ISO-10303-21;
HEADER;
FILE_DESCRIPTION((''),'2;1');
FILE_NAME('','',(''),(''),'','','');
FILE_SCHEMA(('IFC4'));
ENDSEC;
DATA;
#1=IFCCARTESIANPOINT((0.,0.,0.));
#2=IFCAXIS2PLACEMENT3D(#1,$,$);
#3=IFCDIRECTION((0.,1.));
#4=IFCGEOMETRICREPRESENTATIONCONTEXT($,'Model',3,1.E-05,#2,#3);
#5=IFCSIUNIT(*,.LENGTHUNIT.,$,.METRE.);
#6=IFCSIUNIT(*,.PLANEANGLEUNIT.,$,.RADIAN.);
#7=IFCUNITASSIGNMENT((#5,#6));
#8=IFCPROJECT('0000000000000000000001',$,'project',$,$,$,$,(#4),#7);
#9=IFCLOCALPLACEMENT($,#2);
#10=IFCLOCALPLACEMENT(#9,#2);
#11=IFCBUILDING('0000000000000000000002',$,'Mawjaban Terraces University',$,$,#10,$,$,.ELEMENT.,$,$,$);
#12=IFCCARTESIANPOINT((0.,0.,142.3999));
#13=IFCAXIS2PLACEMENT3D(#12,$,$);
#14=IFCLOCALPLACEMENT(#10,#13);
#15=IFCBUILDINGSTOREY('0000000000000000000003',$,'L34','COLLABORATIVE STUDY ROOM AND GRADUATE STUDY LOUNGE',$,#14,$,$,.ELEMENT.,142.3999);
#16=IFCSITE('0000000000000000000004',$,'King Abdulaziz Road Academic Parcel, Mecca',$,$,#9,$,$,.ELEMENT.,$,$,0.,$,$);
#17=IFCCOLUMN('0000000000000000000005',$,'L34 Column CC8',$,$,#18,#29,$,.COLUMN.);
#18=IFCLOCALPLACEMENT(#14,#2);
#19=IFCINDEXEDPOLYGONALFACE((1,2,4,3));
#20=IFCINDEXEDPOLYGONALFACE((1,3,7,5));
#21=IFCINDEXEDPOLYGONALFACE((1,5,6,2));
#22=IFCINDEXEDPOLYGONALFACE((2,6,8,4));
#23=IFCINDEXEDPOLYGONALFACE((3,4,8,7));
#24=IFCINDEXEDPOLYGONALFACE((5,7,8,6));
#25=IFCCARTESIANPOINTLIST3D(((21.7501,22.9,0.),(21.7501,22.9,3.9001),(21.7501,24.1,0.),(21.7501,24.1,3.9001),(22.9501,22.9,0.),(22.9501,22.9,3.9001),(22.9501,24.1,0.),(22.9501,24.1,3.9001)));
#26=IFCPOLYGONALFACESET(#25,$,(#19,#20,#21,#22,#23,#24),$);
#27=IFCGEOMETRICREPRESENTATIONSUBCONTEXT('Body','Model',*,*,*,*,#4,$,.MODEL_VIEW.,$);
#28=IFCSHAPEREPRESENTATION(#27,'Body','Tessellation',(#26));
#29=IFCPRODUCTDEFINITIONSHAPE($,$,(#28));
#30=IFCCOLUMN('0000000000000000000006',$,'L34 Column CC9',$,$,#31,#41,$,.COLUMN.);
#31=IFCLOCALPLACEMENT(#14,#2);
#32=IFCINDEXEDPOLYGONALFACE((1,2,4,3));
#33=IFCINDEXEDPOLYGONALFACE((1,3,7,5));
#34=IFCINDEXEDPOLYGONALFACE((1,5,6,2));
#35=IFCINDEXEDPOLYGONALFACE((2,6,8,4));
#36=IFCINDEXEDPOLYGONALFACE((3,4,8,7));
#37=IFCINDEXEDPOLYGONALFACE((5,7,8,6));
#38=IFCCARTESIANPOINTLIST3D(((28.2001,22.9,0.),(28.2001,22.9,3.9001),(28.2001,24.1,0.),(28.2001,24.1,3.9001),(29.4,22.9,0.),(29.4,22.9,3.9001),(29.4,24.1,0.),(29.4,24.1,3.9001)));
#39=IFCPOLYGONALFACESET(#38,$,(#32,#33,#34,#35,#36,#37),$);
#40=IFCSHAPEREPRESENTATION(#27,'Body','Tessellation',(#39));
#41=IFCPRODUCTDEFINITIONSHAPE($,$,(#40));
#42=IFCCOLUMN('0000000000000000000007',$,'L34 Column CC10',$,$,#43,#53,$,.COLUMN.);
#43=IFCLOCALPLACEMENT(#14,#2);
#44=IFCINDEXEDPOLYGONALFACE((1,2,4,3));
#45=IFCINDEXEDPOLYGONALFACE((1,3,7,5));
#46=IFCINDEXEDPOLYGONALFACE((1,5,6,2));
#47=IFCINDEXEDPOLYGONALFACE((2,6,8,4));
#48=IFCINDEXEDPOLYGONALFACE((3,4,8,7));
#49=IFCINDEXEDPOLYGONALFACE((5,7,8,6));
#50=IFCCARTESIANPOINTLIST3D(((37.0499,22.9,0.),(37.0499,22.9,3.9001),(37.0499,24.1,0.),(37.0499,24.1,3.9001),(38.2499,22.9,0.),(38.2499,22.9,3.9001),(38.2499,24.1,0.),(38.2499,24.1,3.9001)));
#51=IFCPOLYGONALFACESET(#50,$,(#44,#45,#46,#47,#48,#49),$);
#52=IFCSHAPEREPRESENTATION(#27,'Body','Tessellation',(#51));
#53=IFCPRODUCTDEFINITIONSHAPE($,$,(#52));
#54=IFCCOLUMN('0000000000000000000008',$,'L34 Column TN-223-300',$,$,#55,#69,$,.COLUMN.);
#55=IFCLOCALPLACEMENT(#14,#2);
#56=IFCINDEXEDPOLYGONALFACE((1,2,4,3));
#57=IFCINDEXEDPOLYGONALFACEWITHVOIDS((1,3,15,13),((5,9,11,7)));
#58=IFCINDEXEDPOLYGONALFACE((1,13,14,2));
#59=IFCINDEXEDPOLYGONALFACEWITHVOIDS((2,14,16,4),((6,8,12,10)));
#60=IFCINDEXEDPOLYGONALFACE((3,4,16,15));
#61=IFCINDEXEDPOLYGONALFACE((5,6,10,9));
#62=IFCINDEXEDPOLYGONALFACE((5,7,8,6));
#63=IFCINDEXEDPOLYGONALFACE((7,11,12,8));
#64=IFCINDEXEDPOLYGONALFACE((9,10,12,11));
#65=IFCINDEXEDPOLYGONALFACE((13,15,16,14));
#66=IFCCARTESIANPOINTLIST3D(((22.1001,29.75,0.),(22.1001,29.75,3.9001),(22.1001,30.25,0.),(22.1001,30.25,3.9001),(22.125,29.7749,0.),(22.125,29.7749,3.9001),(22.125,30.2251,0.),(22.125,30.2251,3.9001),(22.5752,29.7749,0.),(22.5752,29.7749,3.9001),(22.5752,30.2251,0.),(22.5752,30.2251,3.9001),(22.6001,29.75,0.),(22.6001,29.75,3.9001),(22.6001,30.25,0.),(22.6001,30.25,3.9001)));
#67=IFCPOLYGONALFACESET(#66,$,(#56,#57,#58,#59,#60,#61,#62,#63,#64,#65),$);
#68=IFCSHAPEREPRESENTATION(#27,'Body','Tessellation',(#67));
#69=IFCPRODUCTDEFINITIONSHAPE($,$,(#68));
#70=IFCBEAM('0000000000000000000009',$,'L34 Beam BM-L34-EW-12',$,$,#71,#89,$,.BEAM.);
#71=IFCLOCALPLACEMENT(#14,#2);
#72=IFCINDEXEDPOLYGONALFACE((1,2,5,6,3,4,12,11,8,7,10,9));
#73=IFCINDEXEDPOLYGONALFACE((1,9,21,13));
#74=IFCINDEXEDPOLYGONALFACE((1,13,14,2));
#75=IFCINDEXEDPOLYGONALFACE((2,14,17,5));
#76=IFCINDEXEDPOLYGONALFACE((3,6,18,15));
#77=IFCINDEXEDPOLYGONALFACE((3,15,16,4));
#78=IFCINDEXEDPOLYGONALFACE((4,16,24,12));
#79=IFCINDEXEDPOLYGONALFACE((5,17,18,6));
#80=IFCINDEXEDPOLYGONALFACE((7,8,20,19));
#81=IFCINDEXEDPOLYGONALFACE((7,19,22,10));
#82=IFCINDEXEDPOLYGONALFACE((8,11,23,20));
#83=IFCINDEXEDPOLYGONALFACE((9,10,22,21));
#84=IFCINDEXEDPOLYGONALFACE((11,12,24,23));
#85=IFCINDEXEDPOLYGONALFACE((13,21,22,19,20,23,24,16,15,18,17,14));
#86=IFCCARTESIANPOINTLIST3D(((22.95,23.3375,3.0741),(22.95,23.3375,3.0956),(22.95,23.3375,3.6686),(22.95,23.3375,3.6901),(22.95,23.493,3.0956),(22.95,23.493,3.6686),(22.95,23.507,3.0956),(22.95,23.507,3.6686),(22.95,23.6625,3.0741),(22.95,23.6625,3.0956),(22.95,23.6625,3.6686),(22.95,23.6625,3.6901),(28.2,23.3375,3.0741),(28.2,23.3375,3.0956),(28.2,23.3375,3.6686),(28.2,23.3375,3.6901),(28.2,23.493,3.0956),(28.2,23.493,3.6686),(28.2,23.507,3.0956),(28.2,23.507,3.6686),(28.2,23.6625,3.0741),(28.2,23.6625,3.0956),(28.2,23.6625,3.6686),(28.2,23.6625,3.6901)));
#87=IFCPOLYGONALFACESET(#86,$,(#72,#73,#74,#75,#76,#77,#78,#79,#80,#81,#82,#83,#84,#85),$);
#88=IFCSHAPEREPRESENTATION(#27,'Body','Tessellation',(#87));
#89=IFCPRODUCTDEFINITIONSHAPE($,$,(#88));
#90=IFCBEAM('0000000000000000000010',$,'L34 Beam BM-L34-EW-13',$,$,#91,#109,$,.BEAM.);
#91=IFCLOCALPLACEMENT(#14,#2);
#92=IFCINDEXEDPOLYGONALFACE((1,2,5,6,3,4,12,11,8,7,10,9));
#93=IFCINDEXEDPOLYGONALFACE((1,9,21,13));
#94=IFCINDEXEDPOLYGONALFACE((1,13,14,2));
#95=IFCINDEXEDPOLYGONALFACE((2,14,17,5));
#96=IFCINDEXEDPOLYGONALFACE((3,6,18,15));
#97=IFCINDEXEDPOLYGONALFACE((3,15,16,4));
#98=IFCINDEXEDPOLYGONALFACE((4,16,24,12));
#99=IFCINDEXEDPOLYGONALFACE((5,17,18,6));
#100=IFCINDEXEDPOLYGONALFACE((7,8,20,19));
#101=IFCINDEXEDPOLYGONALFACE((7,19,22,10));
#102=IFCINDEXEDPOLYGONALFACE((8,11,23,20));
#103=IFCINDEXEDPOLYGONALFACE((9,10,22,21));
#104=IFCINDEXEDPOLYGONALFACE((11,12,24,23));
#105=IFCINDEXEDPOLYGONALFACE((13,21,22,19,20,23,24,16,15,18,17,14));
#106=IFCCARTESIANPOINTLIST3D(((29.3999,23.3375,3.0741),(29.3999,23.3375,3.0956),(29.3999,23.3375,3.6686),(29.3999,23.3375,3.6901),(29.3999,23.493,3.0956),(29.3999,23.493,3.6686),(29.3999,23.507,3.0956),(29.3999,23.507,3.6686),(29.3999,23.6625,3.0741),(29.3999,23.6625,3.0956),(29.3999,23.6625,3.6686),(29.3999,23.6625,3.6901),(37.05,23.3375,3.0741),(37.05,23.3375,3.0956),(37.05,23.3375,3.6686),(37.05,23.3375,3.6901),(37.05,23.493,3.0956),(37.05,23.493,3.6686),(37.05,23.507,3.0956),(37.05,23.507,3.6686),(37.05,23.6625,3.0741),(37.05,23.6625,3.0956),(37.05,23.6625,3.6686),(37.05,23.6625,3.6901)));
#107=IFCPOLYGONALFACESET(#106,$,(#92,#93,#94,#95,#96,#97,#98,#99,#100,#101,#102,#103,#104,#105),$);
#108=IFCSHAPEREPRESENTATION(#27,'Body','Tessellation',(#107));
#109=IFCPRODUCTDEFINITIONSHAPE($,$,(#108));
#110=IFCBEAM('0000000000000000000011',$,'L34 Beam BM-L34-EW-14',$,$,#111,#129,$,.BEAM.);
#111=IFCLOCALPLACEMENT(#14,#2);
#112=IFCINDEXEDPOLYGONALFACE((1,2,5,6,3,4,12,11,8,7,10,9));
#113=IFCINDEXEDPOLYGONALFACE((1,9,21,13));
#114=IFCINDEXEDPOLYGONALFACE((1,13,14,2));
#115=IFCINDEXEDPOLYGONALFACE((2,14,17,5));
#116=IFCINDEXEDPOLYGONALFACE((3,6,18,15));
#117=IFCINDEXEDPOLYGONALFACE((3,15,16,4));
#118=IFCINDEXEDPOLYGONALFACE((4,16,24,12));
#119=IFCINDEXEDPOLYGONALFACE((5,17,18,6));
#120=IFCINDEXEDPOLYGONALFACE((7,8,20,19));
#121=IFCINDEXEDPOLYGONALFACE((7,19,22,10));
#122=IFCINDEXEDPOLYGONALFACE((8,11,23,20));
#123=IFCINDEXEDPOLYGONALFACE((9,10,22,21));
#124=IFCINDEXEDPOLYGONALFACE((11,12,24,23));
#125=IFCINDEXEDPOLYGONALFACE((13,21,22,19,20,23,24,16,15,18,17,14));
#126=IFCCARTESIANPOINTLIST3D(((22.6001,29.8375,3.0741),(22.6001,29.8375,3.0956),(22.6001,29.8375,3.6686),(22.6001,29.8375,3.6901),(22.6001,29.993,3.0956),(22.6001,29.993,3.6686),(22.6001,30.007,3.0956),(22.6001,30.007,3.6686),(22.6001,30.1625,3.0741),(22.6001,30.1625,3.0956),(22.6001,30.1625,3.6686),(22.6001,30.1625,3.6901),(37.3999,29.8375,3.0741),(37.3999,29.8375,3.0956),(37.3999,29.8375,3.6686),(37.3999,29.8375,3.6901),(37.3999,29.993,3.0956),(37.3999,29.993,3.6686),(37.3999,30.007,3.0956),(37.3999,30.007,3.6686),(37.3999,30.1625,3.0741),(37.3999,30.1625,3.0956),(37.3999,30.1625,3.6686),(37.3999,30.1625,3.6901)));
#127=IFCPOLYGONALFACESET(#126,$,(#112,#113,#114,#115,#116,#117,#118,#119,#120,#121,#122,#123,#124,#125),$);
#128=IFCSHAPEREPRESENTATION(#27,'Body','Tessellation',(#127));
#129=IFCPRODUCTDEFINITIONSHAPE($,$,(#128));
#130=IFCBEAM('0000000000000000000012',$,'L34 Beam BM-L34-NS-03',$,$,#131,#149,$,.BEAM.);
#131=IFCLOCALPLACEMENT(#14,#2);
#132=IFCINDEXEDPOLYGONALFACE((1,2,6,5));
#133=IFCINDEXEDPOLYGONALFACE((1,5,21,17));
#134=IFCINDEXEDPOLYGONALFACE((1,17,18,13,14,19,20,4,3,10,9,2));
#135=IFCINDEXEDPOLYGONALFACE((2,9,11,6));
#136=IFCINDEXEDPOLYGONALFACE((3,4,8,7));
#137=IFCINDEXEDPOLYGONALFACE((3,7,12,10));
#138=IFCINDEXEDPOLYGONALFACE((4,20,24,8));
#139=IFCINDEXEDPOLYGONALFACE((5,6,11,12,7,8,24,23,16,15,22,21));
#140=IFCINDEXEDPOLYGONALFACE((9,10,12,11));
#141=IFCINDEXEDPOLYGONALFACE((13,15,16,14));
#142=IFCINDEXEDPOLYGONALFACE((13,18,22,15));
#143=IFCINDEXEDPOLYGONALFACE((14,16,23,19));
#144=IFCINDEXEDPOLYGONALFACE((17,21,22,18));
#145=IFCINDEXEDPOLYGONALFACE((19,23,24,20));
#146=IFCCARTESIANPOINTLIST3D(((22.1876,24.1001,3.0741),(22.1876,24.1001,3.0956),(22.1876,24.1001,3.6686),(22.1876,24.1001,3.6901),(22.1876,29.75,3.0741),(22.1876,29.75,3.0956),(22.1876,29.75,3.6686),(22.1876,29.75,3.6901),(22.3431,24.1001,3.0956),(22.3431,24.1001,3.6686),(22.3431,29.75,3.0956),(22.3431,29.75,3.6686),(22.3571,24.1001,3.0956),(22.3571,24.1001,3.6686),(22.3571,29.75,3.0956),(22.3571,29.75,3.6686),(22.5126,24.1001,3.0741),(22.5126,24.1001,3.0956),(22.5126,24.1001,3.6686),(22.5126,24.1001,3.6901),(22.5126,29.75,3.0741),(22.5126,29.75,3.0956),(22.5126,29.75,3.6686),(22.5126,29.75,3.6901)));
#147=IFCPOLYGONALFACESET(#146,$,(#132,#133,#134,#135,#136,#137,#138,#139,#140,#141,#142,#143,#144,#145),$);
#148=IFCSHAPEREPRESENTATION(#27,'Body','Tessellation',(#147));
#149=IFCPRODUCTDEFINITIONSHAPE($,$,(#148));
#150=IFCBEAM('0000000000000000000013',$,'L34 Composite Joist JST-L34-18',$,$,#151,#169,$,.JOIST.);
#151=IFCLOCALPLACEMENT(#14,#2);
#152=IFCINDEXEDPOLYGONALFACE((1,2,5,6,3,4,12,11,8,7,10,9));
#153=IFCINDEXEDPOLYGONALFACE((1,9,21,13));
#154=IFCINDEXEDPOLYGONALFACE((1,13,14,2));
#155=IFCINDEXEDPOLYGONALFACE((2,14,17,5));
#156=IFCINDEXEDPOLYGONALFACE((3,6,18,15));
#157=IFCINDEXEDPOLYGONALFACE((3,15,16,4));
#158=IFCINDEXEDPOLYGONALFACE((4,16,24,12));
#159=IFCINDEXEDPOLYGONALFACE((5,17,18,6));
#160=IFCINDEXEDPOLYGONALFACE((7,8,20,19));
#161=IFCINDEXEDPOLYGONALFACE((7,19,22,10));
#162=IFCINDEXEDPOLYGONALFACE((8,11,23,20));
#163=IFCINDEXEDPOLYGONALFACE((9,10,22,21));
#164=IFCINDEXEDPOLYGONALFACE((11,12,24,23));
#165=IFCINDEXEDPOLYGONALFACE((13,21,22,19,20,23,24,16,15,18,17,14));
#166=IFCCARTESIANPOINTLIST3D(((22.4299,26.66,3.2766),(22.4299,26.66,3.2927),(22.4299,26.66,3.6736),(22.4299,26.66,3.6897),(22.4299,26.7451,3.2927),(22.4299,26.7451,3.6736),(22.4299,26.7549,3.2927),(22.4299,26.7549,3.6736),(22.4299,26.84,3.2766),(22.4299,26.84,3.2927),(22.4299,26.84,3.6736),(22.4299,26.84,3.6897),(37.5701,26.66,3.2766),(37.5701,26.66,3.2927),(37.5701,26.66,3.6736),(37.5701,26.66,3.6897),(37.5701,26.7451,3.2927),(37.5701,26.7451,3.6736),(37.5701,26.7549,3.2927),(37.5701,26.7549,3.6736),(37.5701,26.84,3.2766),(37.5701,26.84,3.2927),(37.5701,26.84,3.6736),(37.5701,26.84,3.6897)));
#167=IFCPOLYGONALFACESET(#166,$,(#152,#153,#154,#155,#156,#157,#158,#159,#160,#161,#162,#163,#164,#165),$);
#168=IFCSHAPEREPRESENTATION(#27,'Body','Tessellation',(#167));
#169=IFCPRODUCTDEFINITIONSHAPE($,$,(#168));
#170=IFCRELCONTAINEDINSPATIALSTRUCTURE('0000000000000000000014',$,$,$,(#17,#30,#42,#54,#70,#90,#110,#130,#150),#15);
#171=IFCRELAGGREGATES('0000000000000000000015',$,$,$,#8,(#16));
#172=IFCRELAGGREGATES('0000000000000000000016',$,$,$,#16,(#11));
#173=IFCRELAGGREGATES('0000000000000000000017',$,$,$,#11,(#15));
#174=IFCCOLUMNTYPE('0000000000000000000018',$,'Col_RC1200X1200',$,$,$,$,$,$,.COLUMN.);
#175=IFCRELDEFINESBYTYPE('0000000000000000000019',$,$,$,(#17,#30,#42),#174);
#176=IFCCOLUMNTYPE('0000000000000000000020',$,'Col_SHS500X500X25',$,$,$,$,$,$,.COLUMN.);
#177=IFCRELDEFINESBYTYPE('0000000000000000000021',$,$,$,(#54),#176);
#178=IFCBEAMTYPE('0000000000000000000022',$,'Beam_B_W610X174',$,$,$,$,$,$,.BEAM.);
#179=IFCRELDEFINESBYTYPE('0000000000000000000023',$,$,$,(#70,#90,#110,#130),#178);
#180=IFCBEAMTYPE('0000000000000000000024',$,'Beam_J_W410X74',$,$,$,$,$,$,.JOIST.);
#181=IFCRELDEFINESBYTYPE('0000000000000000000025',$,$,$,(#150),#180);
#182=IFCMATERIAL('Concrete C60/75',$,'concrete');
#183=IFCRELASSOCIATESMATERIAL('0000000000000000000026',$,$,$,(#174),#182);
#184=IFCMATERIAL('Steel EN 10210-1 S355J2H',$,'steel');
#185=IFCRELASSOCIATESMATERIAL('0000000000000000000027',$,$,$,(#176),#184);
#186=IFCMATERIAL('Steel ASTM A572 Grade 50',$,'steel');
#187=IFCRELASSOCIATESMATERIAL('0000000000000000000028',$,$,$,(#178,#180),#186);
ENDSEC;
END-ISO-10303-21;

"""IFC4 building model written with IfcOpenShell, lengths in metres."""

from ifc_helpers import new_model, si_unit, direction, frame, origin, origin_2d, place, context, subcontext, project, spatial, rectangle, hollow_rectangle, i_section, extrude, material, material_profile, profile_set, type_object, element, save


model = new_model("IFC4")

# Units and contexts
model_context = context("Model", 3, precision=1e-05, world=origin(), true_north=direction((0.0, 1.0)))
body_context = subcontext(model_context, "Body", "Model", "MODEL_VIEW")
ifc_project = project(units=[si_unit("LENGTHUNIT", "METRE"), si_unit("PLANEANGLEUNIT", "RADIAN")], contexts=[model_context])

# Site, building, storey
site_placement = place(None, origin())
site = spatial("IfcSite", under=ifc_project, at=site_placement, Name="King Abdulaziz Road Academic Parcel, Mecca", CompositionType="ELEMENT", RefElevation=0.0)
building_placement = place(site_placement, origin())
building = spatial("IfcBuilding", under=site, at=building_placement, Name="Mawjaban Terraces University", CompositionType="ELEMENT")
storey_placement = place(building_placement, frame((0.0, 0.0, 142.3999)))
storey = spatial("IfcBuildingStorey", under=building, at=storey_placement, Name="L34", Description="COLLABORATIVE STUDY ROOM AND GRADUATE STUDY LOUNGE", CompositionType="ELEMENT", Elevation=142.3999)

# Columns
ifc_material_1 = material(Name="Concrete C60/75", Category="concrete")
ifc_material_profile_1 = material_profile(ifc_material_1, rectangle(XDim=1.2, YDim=1.2, at=origin_2d()), Name="RC1200X1200")
ifc_profile_set_1 = profile_set([ifc_material_profile_1], Name="Concrete C60/75")
column_type_1 = type_object("IfcColumnType", Name="Col_RC1200X1200", PredefinedType="COLUMN", material=ifc_profile_set_1)
for number, where, z_axis, x_axis, name in (
    (1, (22.3501, 23.5, 0.0), (0.0, 0.0, 1.0), (1.0, 0.0, 0.0), "L34 Column CC8"),
    (2, (28.8, 23.5, 0.0), (0.0, 0.0, 1.0), (1.0, 0.0, 0.0), "L34 Column CC9"),
    (3, (37.6499, 23.5, 0.0), (0.0, 0.0, 1.0), (1.0, 0.0, 0.0), "L34 Column CC10"),
):
    element("IfcColumn", number, at=place(storey_placement, frame(where, z_axis=z_axis, x_axis=x_axis)), inside=storey, type_object=column_type_1, Name=name, PredefinedType="COLUMN", context=body_context, shape_type="SweptSolid", body=[
        extrude(rectangle(XDim=1.2, YDim=1.2, at=origin_2d()), origin(), (0.0, 0.0, 1.0), 3.9001),
    ])
ifc_material_2 = material(Name="Steel EN 10210-1 S355J2H", Category="steel")
ifc_material_profile_2 = material_profile(ifc_material_2, hollow_rectangle(XDim=0.5, YDim=0.5, WallThickness=0.0249, at=origin_2d()), Name="SHS500X500X25")
ifc_profile_set_2 = profile_set([ifc_material_profile_2], Name="Steel EN 10210-1 S355J2H")
column_type_2 = type_object("IfcColumnType", Name="Col_SHS500X500X25", PredefinedType="COLUMN", material=ifc_profile_set_2)
column_placement = place(storey_placement, frame((22.3501, 30.0, 0.0), z_axis=(0.0, 0.0, 1.0), x_axis=(1.0, 0.0, 0.0)))
element("IfcColumn", 4, at=column_placement, inside=storey, type_object=column_type_2, Name="L34 Column TN-223-300", PredefinedType="COLUMN", context=body_context, shape_type="SweptSolid", body=[
    extrude(hollow_rectangle(XDim=0.5, YDim=0.5, WallThickness=0.0249, at=origin_2d()), origin(), (0.0, 0.0, 1.0), 3.9001),
])

# Beams
ifc_material_3 = material(Name="Steel ASTM A572 Grade 50", Category="steel")
ifc_material_profile_3 = material_profile(ifc_material_3, i_section(OverallWidth=0.325, OverallDepth=0.616, WebThickness=0.0139, FlangeThickness=0.0215, at=origin_2d()), Name="W610X174")
ifc_profile_set_3 = profile_set([ifc_material_profile_3], Name="Steel ASTM A572 Grade 50")
beam_type_1 = type_object("IfcBeamType", Name="Beam_B_W610X174", PredefinedType="BEAM", material=ifc_profile_set_3)
beam_1_placement = place(storey_placement, frame((22.95, 23.5, 3.3821), z_axis=(1.0, 0.0, 0.0), x_axis=(0.0, 1.0, 0.0)))
element("IfcBeam", 5, at=beam_1_placement, inside=storey, type_object=beam_type_1, Name="L34 Beam BM-L34-EW-12", PredefinedType="BEAM", context=body_context, shape_type="SweptSolid", body=[
    extrude(i_section(OverallWidth=0.325, OverallDepth=0.616, WebThickness=0.0139, FlangeThickness=0.0215, at=origin_2d()), origin(), (0.0, 0.0, 1.0), 5.25),
])
beam_2_placement = place(storey_placement, frame((29.3999, 23.5, 3.3821), z_axis=(1.0, 0.0, 0.0), x_axis=(0.0, 1.0, 0.0)))
element("IfcBeam", 6, at=beam_2_placement, inside=storey, type_object=beam_type_1, Name="L34 Beam BM-L34-EW-13", PredefinedType="BEAM", context=body_context, shape_type="SweptSolid", body=[
    extrude(i_section(OverallWidth=0.325, OverallDepth=0.616, WebThickness=0.0139, FlangeThickness=0.0215, at=origin_2d()), origin(), (0.0, 0.0, 1.0), 7.6501),
])
beam_3_placement = place(storey_placement, frame((22.6001, 30.0, 3.3821), z_axis=(1.0, 0.0, 0.0), x_axis=(0.0, 1.0, 0.0)))
element("IfcBeam", 7, at=beam_3_placement, inside=storey, type_object=beam_type_1, Name="L34 Beam BM-L34-EW-14", PredefinedType="BEAM", context=body_context, shape_type="SweptSolid", body=[
    extrude(i_section(OverallWidth=0.325, OverallDepth=0.616, WebThickness=0.0139, FlangeThickness=0.0215, at=origin_2d()), origin(), (0.0, 0.0, 1.0), 14.7998),
])
beam_4_placement = place(storey_placement, frame((22.3501, 24.1001, 3.3821), z_axis=(0.0, 1.0, 0.0), x_axis=(-1.0, 0.0, 0.0)))
element("IfcBeam", 8, at=beam_4_placement, inside=storey, type_object=beam_type_1, Name="L34 Beam BM-L34-NS-03", PredefinedType="BEAM", context=body_context, shape_type="SweptSolid", body=[
    extrude(i_section(OverallWidth=0.325, OverallDepth=0.616, WebThickness=0.0139, FlangeThickness=0.0215, at=origin_2d()), origin(), (0.0, 0.0, 1.0), 5.6499),
])
ifc_material_profile_4 = material_profile(ifc_material_3, i_section(OverallWidth=0.1799, OverallDepth=0.4131, WebThickness=0.0098, FlangeThickness=0.0161, at=origin_2d()), Name="W410X74")
ifc_profile_set_4 = profile_set([ifc_material_profile_4], Name="Steel ASTM A572 Grade 50")
beam_type_2 = type_object("IfcBeamType", Name="Beam_J_W410X74", PredefinedType="JOIST", material=ifc_profile_set_4)
beam_5_placement = place(storey_placement, frame((22.4299, 26.75, 3.4832), z_axis=(1.0, 0.0, 0.0), x_axis=(0.0, 1.0, 0.0)))
element("IfcBeam", 9, at=beam_5_placement, inside=storey, type_object=beam_type_2, Name="L34 Composite Joist JST-L34-18", PredefinedType="JOIST", context=body_context, shape_type="SweptSolid", body=[
    extrude(i_section(OverallWidth=0.1799, OverallDepth=0.4131, WebThickness=0.0098, FlangeThickness=0.0161, at=origin_2d()), origin(), (0.0, 0.0, 1.0), 15.1401),
])

save(model, "model.ifc")
